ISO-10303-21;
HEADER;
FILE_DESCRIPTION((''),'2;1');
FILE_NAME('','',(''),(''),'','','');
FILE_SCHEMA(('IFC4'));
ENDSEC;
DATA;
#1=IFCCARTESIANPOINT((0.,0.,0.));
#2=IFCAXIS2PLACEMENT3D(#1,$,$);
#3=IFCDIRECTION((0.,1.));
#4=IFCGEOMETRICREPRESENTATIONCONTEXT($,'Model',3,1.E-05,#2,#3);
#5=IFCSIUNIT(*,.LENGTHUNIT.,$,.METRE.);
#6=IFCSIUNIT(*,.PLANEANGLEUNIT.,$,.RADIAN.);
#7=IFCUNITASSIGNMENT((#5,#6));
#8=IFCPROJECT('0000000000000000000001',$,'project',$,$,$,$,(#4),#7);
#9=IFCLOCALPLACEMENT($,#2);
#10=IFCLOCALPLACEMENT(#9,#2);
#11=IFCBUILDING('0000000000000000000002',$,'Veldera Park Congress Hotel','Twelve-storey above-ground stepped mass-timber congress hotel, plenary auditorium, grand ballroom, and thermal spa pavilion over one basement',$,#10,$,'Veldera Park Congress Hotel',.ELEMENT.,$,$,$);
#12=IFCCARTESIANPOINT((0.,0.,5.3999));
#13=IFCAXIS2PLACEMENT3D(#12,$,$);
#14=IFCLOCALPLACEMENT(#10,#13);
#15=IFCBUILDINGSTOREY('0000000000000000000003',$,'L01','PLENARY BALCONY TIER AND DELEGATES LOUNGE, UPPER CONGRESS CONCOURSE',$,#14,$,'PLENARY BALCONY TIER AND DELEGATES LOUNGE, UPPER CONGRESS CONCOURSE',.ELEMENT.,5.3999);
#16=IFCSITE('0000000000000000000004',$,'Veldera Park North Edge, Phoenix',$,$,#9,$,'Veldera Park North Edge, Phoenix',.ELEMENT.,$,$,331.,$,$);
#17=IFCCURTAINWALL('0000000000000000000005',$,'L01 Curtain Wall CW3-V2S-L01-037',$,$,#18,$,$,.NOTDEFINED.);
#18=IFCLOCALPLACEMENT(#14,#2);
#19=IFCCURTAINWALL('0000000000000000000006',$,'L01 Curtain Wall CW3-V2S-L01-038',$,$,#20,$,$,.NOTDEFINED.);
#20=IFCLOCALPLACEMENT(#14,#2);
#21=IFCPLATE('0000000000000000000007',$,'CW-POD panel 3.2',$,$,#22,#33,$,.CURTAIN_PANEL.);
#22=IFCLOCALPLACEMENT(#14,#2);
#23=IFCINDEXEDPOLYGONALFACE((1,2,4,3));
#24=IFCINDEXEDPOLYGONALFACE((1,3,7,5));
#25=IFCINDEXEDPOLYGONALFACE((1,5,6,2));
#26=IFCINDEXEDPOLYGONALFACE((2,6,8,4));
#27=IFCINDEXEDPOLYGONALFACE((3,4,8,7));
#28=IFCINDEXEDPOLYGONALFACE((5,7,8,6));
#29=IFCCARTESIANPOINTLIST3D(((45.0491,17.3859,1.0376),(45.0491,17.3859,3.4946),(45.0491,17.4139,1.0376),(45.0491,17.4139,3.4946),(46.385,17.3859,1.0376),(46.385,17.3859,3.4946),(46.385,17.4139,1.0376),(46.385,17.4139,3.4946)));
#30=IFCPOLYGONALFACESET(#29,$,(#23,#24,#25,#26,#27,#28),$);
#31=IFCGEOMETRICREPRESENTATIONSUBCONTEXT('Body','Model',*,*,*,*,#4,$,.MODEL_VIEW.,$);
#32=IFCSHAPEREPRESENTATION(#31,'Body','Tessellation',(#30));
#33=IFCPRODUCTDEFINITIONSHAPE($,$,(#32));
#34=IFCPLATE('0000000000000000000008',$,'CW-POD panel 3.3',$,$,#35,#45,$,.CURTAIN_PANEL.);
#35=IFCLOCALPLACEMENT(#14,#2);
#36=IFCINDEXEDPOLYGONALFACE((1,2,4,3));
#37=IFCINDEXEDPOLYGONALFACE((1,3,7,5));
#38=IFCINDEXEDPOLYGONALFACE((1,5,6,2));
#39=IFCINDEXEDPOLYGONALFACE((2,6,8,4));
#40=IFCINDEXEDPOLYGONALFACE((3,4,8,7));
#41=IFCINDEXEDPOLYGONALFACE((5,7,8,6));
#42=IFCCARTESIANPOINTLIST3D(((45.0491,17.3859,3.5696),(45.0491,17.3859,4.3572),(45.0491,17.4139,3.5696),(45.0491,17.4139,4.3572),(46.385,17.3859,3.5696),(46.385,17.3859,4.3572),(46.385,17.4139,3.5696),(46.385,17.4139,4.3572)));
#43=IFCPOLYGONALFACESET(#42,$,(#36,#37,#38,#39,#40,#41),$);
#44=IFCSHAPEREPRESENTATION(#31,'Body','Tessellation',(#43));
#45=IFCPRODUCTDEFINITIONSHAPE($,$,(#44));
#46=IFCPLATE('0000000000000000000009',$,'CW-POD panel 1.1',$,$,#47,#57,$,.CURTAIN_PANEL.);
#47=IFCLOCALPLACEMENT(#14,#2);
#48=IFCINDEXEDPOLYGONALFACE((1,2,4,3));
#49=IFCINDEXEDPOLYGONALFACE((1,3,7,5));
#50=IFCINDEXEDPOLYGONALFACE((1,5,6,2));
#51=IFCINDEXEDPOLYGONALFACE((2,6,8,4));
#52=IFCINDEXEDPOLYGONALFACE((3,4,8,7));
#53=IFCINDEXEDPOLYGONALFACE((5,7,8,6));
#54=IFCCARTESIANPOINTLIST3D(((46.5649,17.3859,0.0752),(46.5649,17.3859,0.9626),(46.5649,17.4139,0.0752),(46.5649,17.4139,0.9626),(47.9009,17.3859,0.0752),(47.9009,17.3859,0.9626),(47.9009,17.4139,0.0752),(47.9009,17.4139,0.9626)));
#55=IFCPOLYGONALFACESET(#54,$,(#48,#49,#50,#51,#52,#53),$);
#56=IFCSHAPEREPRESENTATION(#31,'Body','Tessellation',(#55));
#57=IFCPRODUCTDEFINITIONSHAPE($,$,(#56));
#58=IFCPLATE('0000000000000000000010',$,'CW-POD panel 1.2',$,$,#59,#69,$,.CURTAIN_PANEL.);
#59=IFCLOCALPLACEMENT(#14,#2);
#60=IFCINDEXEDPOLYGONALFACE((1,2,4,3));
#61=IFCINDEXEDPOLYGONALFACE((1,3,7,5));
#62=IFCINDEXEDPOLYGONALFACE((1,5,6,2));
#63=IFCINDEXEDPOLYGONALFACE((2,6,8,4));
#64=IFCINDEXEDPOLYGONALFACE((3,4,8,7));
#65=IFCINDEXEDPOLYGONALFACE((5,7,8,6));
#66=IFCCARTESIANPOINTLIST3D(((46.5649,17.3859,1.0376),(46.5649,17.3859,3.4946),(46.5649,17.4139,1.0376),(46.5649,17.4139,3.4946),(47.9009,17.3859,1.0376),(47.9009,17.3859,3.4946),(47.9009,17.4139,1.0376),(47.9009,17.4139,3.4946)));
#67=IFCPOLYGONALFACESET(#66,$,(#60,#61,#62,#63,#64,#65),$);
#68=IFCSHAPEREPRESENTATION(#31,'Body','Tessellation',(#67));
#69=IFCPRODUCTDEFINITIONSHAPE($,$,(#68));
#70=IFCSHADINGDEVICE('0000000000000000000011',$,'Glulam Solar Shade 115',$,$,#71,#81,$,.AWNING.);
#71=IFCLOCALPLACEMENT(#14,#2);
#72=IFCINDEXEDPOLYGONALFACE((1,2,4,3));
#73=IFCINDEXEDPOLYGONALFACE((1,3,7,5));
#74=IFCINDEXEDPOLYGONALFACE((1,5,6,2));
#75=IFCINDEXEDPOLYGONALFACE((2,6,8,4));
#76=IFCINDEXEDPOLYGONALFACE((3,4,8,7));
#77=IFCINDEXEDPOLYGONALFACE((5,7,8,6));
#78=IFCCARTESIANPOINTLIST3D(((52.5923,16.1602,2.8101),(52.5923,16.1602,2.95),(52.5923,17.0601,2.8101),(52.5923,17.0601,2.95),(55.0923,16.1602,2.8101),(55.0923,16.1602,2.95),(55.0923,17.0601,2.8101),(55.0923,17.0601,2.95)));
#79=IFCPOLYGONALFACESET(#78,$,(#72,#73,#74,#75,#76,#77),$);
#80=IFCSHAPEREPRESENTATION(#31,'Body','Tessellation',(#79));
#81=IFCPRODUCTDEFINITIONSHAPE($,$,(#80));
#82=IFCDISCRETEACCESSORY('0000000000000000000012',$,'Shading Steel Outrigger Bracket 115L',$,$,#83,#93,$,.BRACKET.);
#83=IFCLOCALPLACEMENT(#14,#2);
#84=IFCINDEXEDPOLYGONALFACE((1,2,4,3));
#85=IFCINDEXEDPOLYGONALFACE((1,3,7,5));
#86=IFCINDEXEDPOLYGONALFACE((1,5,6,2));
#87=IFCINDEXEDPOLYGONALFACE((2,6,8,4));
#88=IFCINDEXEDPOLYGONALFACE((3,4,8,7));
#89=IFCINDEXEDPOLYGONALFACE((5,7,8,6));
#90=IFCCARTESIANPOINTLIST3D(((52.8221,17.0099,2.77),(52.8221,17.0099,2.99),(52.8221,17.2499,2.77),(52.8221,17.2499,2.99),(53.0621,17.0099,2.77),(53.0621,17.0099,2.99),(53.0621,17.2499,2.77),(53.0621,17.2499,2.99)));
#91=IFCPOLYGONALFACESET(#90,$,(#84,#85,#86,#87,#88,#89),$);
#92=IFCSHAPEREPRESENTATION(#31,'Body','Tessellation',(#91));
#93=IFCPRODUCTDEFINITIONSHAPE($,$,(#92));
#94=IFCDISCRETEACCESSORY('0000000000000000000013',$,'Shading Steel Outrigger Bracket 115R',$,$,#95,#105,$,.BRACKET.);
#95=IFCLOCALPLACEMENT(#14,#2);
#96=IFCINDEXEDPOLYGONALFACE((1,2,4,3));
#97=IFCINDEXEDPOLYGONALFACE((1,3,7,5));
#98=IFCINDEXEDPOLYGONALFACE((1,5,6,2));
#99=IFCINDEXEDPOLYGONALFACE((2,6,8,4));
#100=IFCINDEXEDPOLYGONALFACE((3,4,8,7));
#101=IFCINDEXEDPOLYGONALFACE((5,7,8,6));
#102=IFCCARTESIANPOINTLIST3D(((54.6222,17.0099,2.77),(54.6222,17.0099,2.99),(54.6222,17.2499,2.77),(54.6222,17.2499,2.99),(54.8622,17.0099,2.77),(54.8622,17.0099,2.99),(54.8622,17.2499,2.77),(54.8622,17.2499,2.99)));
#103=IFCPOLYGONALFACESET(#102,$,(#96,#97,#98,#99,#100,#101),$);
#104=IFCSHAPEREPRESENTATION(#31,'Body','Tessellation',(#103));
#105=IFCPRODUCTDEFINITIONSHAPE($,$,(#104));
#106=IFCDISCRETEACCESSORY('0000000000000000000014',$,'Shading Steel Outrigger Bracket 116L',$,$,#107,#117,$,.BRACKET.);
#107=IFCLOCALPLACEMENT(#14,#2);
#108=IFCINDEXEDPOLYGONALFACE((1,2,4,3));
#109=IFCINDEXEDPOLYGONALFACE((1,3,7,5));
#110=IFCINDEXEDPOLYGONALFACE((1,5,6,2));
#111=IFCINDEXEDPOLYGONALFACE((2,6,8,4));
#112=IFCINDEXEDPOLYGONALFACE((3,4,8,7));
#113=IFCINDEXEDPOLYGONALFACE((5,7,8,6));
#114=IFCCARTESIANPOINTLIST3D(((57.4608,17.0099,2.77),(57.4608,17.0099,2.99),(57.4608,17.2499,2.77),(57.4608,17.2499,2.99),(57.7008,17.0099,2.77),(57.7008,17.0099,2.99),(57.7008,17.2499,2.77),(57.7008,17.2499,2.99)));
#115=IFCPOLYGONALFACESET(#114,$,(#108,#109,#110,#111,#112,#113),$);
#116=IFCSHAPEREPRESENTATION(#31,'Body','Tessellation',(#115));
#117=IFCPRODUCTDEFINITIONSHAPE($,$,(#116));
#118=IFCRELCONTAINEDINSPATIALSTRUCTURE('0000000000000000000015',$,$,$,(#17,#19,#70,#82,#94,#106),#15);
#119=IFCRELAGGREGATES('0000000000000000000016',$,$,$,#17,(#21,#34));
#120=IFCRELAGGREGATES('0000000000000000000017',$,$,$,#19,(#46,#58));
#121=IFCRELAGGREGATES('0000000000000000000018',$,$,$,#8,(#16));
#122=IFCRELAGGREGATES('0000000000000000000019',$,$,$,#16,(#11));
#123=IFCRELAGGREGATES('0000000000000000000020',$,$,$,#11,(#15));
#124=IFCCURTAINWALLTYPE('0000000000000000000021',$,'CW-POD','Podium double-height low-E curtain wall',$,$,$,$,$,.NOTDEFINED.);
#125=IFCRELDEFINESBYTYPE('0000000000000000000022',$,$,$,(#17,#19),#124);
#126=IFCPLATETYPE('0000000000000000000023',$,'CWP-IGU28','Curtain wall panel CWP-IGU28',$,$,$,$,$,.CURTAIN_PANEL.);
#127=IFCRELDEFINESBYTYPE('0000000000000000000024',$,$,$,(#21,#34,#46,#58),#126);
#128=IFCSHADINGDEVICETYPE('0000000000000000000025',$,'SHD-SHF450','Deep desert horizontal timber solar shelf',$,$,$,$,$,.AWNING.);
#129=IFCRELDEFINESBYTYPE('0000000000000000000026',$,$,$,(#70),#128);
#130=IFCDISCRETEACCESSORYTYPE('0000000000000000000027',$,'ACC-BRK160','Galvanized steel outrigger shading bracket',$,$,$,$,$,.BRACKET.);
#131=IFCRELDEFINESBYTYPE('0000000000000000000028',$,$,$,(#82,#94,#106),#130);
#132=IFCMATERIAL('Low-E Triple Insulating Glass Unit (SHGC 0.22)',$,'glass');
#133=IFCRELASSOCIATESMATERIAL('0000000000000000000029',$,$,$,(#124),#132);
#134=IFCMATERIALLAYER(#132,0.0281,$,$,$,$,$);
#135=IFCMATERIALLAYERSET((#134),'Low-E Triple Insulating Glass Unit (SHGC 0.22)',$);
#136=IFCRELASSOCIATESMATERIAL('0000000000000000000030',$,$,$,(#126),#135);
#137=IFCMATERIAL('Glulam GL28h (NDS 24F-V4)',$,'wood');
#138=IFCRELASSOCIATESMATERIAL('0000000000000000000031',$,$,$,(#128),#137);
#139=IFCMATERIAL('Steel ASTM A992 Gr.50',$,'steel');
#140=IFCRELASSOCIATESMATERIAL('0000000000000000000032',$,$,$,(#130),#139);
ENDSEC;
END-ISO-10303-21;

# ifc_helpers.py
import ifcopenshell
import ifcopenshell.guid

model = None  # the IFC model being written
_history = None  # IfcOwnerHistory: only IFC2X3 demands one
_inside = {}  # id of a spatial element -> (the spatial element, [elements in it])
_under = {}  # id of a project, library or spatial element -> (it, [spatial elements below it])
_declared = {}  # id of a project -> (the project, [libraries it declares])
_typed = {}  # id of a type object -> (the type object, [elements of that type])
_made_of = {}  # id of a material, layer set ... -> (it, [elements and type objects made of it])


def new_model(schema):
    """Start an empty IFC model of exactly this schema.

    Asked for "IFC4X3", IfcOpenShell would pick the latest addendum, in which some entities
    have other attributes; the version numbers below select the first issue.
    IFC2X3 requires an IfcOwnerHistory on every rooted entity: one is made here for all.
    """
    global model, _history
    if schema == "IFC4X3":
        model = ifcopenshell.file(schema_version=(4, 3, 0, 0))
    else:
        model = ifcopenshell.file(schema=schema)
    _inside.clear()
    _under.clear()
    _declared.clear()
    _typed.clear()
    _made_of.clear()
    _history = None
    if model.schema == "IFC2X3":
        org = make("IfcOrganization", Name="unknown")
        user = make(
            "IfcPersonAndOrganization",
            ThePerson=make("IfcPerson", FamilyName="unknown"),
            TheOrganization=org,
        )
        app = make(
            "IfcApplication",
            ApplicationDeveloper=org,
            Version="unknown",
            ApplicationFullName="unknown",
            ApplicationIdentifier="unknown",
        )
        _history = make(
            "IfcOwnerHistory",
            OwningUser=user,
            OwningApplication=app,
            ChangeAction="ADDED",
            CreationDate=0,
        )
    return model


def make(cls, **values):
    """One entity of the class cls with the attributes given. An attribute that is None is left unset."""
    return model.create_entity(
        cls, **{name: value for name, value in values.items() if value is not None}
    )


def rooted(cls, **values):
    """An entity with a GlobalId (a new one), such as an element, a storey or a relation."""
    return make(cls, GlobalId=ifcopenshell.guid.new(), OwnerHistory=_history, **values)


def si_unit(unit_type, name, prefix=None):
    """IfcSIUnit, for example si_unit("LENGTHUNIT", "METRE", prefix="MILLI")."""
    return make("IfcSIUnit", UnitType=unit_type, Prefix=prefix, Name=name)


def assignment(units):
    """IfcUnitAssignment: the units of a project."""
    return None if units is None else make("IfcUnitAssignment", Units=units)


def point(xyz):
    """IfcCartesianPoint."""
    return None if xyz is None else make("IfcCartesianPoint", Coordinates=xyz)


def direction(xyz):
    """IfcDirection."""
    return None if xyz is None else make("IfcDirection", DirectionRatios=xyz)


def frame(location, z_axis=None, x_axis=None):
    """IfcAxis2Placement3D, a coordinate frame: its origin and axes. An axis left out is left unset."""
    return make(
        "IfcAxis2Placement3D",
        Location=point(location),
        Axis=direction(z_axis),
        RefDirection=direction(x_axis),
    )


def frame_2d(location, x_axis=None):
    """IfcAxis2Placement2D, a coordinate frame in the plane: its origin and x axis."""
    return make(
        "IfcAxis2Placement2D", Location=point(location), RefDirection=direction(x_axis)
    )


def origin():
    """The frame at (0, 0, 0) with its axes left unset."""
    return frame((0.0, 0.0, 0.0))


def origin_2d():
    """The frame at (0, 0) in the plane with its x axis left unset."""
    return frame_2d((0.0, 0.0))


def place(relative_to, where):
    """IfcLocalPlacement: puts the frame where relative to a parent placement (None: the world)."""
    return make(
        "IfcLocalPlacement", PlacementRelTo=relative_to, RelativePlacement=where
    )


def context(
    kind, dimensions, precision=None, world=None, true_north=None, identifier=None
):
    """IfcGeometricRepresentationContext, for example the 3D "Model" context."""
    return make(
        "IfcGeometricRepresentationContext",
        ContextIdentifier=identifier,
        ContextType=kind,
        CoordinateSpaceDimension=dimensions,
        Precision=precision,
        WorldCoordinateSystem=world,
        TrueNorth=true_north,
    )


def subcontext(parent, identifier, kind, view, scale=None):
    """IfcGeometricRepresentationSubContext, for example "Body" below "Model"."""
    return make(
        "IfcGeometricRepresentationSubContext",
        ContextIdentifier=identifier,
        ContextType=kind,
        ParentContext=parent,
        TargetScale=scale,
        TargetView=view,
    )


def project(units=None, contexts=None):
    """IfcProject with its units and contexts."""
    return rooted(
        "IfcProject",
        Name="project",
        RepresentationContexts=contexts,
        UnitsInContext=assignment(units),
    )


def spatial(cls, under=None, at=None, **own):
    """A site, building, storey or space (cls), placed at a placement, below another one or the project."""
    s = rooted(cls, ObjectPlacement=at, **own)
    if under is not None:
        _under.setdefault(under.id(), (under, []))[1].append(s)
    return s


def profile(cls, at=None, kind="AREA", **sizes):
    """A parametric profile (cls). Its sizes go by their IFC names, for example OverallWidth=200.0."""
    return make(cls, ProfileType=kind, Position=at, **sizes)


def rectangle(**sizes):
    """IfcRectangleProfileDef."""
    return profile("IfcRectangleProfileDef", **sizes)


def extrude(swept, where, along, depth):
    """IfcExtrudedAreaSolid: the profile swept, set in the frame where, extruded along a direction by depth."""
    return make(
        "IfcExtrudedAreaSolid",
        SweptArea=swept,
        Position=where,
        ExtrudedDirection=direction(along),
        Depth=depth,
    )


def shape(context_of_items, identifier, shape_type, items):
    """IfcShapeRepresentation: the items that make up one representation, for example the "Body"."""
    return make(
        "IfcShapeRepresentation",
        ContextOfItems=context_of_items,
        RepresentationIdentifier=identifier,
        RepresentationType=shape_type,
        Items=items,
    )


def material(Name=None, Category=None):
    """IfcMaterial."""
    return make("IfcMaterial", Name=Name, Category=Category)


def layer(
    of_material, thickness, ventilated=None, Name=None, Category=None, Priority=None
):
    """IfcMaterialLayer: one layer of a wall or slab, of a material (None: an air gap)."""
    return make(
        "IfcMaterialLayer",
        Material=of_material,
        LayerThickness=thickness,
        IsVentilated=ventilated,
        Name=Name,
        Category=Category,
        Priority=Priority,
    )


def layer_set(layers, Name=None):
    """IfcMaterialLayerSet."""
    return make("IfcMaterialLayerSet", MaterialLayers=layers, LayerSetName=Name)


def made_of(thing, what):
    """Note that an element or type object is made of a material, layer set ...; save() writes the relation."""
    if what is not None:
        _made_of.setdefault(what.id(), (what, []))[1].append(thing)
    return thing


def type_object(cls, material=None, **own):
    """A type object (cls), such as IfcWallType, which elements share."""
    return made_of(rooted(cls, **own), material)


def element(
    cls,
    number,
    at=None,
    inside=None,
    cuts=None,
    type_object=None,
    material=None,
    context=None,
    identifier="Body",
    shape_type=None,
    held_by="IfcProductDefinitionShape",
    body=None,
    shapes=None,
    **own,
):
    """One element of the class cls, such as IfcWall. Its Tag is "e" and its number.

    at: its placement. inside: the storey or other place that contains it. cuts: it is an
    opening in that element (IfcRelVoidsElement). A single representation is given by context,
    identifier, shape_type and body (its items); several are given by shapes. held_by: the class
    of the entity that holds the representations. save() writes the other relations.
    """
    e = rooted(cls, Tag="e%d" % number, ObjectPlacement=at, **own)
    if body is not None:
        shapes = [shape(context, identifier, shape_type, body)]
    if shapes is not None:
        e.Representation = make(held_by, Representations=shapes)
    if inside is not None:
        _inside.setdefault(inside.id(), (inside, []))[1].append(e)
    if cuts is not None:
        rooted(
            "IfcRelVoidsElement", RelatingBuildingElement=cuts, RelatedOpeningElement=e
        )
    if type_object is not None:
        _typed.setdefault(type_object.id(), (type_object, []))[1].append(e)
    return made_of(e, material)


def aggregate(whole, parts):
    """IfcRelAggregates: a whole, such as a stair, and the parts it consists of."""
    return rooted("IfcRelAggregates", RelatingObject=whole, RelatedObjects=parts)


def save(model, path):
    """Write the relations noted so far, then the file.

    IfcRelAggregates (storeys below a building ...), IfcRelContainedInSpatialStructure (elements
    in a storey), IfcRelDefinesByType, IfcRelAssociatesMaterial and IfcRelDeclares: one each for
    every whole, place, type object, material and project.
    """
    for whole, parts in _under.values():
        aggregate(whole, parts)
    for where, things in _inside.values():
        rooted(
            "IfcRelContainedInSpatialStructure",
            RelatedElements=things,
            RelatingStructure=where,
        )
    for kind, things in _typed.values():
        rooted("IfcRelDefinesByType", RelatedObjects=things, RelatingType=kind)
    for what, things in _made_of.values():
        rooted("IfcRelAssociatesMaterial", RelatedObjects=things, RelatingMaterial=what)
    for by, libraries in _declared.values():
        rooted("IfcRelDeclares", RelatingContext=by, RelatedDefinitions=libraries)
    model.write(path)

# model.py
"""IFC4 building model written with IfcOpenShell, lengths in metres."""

from ifc_helpers import new_model, si_unit, direction, frame, origin, origin_2d, place, context, subcontext, project, spatial, rectangle, extrude, material, layer, layer_set, type_object, element, aggregate, save


model = new_model("IFC4")

# Units and contexts
model_context = context("Model", 3, precision=1e-05, world=origin(), true_north=direction((0.0, 1.0)))
body_context = subcontext(model_context, "Body", "Model", "MODEL_VIEW")
ifc_project = project(units=[si_unit("LENGTHUNIT", "METRE"), si_unit("PLANEANGLEUNIT", "RADIAN")], contexts=[model_context])

# Site, building, storey
site_placement = place(None, origin())
site = spatial("IfcSite", under=ifc_project, at=site_placement, Name="Veldera Park North Edge, Phoenix", LongName="Veldera Park North Edge, Phoenix", CompositionType="ELEMENT", RefElevation=331.0)
building_placement = place(site_placement, origin())
building = spatial("IfcBuilding", under=site, at=building_placement, Name="Veldera Park Congress Hotel", Description="Twelve-storey above-ground stepped mass-timber congress hotel, plenary auditorium, grand ballroom, and thermal spa pavilion over one basement", LongName="Veldera Park Congress Hotel", CompositionType="ELEMENT")
storey_placement = place(building_placement, frame((0.0, 0.0, 5.3999)))
storey = spatial("IfcBuildingStorey", under=building, at=storey_placement, Name="L01", Description="PLENARY BALCONY TIER AND DELEGATES LOUNGE, UPPER CONGRESS CONCOURSE", LongName="PLENARY BALCONY TIER AND DELEGATES LOUNGE, UPPER CONGRESS CONCOURSE", CompositionType="ELEMENT", Elevation=5.3999)

# Shared definitions
ifc_material_1 = material(Name="Steel ASTM A992 Gr.50", Category="steel")

# Curtain wall
ifc_material_2 = material(Name="Low-E Triple Insulating Glass Unit (SHGC 0.22)", Category="glass")
curtain_wall_type = type_object("IfcCurtainWallType", Name="CW-POD", Description="Podium double-height low-E curtain wall", PredefinedType="NOTDEFINED", material=ifc_material_2)
curtain_wall_1_placement = place(storey_placement, origin())
curtain_wall_1 = element("IfcCurtainWall", 1, at=curtain_wall_1_placement, inside=storey, type_object=curtain_wall_type, Name="L01 Curtain Wall CW3-V2S-L01-037", PredefinedType="NOTDEFINED")

# Curtain wall
curtain_wall_2_placement = place(storey_placement, origin())
curtain_wall_2 = element("IfcCurtainWall", 2, at=curtain_wall_2_placement, inside=storey, type_object=curtain_wall_type, Name="L01 Curtain Wall CW3-V2S-L01-038", PredefinedType="NOTDEFINED")

# Plates
ifc_layer = layer(ifc_material_2, 0.0281)
ifc_layer_set = layer_set([ifc_layer], Name="Low-E Triple Insulating Glass Unit (SHGC 0.22)")
plate_type = type_object("IfcPlateType", Name="CWP-IGU28", Description="Curtain wall panel CWP-IGU28", PredefinedType="CURTAIN_PANEL", material=ifc_layer_set)
plate_1_placement = place(storey_placement, frame((45.717, 17.3999, 1.0376), z_axis=(0.0, 0.0, 1.0), x_axis=(1.0, 0.0, 0.0)))
plate_1 = element("IfcPlate", 3, at=plate_1_placement, type_object=plate_type, Name="CW-POD panel 3.2", PredefinedType="CURTAIN_PANEL", context=body_context, shape_type="SweptSolid", body=[
    extrude(rectangle(XDim=1.3359, YDim=0.0281, at=origin_2d()), origin(), (0.0, 0.0, 1.0), 2.457),
])
plate_2_placement = place(storey_placement, frame((45.717, 17.3999, 3.5696), z_axis=(0.0, 0.0, 1.0), x_axis=(1.0, 0.0, 0.0)))
plate_2 = element("IfcPlate", 4, at=plate_2_placement, type_object=plate_type, Name="CW-POD panel 3.3", PredefinedType="CURTAIN_PANEL", context=body_context, shape_type="SweptSolid", body=[
    extrude(rectangle(XDim=1.3359, YDim=0.0281, at=origin_2d()), origin(), (0.0, 0.0, 1.0), 0.7876),
])
aggregate(curtain_wall_1, [plate_1, plate_2])
plate_3_placement = place(storey_placement, frame((47.2329, 17.3999, 0.0752), z_axis=(0.0, 0.0, 1.0), x_axis=(1.0, 0.0, 0.0)))
plate_3 = element("IfcPlate", 5, at=plate_3_placement, type_object=plate_type, Name="CW-POD panel 1.1", PredefinedType="CURTAIN_PANEL", context=body_context, shape_type="SweptSolid", body=[
    extrude(rectangle(XDim=1.3359, YDim=0.0281, at=origin_2d()), origin(), (0.0, 0.0, 1.0), 0.8875),
])
plate_4_placement = place(storey_placement, frame((47.2329, 17.3999, 1.0376), z_axis=(0.0, 0.0, 1.0), x_axis=(1.0, 0.0, 0.0)))
plate_4 = element("IfcPlate", 6, at=plate_4_placement, type_object=plate_type, Name="CW-POD panel 1.2", PredefinedType="CURTAIN_PANEL", context=body_context, shape_type="SweptSolid", body=[
    extrude(rectangle(XDim=1.3359, YDim=0.0281, at=origin_2d()), origin(), (0.0, 0.0, 1.0), 2.457),
])
aggregate(curtain_wall_2, [plate_3, plate_4])

# Shading device
ifc_material_3 = material(Name="Glulam GL28h (NDS 24F-V4)", Category="wood")
shading_device_type = type_object("IfcShadingDeviceType", Name="SHD-SHF450", Description="Deep desert horizontal timber solar shelf", PredefinedType="AWNING", material=ifc_material_3)
shading_device_placement = place(storey_placement, frame((53.8423, 16.6101, 2.8101), z_axis=(0.0, 0.0, 1.0), x_axis=(1.0, 0.0, 0.0)))
element("IfcShadingDevice", 7, at=shading_device_placement, inside=storey, type_object=shading_device_type, Name="Glulam Solar Shade 115", PredefinedType="AWNING", context=body_context, shape_type="SweptSolid", body=[
    extrude(rectangle(XDim=2.5, YDim=0.8999, at=origin_2d()), origin(), (0.0, 0.0, 1.0), 0.1399),
])

# Discrete accessories
discrete_accessory_type = type_object("IfcDiscreteAccessoryType", Name="ACC-BRK160", Description="Galvanized steel outrigger shading bracket", PredefinedType="BRACKET", material=ifc_material_1)
for number, where, z_axis, x_axis, name in (
    (8, (52.9421, 17.1299, 2.77), (0.0, 0.0, 1.0), (1.0, 0.0, 0.0), "Shading Steel Outrigger Bracket 115L"),
    (9, (54.7422, 17.1299, 2.77), (0.0, 0.0, 1.0), (1.0, 0.0, 0.0), "Shading Steel Outrigger Bracket 115R"),
    (10, (57.5808, 17.1299, 2.77), (0.0, 0.0, 1.0), (1.0, 0.0, 0.0), "Shading Steel Outrigger Bracket 116L"),
):
    element("IfcDiscreteAccessory", number, at=place(storey_placement, frame(where, z_axis=z_axis, x_axis=x_axis)), inside=storey, type_object=discrete_accessory_type, Name=name, PredefinedType="BRACKET", context=body_context, shape_type="SweptSolid", body=[
        extrude(rectangle(XDim=0.24, YDim=0.24, at=origin_2d()), origin(), (0.0, 0.0, 1.0), 0.22),
    ])

save(model, "model.ifc")
